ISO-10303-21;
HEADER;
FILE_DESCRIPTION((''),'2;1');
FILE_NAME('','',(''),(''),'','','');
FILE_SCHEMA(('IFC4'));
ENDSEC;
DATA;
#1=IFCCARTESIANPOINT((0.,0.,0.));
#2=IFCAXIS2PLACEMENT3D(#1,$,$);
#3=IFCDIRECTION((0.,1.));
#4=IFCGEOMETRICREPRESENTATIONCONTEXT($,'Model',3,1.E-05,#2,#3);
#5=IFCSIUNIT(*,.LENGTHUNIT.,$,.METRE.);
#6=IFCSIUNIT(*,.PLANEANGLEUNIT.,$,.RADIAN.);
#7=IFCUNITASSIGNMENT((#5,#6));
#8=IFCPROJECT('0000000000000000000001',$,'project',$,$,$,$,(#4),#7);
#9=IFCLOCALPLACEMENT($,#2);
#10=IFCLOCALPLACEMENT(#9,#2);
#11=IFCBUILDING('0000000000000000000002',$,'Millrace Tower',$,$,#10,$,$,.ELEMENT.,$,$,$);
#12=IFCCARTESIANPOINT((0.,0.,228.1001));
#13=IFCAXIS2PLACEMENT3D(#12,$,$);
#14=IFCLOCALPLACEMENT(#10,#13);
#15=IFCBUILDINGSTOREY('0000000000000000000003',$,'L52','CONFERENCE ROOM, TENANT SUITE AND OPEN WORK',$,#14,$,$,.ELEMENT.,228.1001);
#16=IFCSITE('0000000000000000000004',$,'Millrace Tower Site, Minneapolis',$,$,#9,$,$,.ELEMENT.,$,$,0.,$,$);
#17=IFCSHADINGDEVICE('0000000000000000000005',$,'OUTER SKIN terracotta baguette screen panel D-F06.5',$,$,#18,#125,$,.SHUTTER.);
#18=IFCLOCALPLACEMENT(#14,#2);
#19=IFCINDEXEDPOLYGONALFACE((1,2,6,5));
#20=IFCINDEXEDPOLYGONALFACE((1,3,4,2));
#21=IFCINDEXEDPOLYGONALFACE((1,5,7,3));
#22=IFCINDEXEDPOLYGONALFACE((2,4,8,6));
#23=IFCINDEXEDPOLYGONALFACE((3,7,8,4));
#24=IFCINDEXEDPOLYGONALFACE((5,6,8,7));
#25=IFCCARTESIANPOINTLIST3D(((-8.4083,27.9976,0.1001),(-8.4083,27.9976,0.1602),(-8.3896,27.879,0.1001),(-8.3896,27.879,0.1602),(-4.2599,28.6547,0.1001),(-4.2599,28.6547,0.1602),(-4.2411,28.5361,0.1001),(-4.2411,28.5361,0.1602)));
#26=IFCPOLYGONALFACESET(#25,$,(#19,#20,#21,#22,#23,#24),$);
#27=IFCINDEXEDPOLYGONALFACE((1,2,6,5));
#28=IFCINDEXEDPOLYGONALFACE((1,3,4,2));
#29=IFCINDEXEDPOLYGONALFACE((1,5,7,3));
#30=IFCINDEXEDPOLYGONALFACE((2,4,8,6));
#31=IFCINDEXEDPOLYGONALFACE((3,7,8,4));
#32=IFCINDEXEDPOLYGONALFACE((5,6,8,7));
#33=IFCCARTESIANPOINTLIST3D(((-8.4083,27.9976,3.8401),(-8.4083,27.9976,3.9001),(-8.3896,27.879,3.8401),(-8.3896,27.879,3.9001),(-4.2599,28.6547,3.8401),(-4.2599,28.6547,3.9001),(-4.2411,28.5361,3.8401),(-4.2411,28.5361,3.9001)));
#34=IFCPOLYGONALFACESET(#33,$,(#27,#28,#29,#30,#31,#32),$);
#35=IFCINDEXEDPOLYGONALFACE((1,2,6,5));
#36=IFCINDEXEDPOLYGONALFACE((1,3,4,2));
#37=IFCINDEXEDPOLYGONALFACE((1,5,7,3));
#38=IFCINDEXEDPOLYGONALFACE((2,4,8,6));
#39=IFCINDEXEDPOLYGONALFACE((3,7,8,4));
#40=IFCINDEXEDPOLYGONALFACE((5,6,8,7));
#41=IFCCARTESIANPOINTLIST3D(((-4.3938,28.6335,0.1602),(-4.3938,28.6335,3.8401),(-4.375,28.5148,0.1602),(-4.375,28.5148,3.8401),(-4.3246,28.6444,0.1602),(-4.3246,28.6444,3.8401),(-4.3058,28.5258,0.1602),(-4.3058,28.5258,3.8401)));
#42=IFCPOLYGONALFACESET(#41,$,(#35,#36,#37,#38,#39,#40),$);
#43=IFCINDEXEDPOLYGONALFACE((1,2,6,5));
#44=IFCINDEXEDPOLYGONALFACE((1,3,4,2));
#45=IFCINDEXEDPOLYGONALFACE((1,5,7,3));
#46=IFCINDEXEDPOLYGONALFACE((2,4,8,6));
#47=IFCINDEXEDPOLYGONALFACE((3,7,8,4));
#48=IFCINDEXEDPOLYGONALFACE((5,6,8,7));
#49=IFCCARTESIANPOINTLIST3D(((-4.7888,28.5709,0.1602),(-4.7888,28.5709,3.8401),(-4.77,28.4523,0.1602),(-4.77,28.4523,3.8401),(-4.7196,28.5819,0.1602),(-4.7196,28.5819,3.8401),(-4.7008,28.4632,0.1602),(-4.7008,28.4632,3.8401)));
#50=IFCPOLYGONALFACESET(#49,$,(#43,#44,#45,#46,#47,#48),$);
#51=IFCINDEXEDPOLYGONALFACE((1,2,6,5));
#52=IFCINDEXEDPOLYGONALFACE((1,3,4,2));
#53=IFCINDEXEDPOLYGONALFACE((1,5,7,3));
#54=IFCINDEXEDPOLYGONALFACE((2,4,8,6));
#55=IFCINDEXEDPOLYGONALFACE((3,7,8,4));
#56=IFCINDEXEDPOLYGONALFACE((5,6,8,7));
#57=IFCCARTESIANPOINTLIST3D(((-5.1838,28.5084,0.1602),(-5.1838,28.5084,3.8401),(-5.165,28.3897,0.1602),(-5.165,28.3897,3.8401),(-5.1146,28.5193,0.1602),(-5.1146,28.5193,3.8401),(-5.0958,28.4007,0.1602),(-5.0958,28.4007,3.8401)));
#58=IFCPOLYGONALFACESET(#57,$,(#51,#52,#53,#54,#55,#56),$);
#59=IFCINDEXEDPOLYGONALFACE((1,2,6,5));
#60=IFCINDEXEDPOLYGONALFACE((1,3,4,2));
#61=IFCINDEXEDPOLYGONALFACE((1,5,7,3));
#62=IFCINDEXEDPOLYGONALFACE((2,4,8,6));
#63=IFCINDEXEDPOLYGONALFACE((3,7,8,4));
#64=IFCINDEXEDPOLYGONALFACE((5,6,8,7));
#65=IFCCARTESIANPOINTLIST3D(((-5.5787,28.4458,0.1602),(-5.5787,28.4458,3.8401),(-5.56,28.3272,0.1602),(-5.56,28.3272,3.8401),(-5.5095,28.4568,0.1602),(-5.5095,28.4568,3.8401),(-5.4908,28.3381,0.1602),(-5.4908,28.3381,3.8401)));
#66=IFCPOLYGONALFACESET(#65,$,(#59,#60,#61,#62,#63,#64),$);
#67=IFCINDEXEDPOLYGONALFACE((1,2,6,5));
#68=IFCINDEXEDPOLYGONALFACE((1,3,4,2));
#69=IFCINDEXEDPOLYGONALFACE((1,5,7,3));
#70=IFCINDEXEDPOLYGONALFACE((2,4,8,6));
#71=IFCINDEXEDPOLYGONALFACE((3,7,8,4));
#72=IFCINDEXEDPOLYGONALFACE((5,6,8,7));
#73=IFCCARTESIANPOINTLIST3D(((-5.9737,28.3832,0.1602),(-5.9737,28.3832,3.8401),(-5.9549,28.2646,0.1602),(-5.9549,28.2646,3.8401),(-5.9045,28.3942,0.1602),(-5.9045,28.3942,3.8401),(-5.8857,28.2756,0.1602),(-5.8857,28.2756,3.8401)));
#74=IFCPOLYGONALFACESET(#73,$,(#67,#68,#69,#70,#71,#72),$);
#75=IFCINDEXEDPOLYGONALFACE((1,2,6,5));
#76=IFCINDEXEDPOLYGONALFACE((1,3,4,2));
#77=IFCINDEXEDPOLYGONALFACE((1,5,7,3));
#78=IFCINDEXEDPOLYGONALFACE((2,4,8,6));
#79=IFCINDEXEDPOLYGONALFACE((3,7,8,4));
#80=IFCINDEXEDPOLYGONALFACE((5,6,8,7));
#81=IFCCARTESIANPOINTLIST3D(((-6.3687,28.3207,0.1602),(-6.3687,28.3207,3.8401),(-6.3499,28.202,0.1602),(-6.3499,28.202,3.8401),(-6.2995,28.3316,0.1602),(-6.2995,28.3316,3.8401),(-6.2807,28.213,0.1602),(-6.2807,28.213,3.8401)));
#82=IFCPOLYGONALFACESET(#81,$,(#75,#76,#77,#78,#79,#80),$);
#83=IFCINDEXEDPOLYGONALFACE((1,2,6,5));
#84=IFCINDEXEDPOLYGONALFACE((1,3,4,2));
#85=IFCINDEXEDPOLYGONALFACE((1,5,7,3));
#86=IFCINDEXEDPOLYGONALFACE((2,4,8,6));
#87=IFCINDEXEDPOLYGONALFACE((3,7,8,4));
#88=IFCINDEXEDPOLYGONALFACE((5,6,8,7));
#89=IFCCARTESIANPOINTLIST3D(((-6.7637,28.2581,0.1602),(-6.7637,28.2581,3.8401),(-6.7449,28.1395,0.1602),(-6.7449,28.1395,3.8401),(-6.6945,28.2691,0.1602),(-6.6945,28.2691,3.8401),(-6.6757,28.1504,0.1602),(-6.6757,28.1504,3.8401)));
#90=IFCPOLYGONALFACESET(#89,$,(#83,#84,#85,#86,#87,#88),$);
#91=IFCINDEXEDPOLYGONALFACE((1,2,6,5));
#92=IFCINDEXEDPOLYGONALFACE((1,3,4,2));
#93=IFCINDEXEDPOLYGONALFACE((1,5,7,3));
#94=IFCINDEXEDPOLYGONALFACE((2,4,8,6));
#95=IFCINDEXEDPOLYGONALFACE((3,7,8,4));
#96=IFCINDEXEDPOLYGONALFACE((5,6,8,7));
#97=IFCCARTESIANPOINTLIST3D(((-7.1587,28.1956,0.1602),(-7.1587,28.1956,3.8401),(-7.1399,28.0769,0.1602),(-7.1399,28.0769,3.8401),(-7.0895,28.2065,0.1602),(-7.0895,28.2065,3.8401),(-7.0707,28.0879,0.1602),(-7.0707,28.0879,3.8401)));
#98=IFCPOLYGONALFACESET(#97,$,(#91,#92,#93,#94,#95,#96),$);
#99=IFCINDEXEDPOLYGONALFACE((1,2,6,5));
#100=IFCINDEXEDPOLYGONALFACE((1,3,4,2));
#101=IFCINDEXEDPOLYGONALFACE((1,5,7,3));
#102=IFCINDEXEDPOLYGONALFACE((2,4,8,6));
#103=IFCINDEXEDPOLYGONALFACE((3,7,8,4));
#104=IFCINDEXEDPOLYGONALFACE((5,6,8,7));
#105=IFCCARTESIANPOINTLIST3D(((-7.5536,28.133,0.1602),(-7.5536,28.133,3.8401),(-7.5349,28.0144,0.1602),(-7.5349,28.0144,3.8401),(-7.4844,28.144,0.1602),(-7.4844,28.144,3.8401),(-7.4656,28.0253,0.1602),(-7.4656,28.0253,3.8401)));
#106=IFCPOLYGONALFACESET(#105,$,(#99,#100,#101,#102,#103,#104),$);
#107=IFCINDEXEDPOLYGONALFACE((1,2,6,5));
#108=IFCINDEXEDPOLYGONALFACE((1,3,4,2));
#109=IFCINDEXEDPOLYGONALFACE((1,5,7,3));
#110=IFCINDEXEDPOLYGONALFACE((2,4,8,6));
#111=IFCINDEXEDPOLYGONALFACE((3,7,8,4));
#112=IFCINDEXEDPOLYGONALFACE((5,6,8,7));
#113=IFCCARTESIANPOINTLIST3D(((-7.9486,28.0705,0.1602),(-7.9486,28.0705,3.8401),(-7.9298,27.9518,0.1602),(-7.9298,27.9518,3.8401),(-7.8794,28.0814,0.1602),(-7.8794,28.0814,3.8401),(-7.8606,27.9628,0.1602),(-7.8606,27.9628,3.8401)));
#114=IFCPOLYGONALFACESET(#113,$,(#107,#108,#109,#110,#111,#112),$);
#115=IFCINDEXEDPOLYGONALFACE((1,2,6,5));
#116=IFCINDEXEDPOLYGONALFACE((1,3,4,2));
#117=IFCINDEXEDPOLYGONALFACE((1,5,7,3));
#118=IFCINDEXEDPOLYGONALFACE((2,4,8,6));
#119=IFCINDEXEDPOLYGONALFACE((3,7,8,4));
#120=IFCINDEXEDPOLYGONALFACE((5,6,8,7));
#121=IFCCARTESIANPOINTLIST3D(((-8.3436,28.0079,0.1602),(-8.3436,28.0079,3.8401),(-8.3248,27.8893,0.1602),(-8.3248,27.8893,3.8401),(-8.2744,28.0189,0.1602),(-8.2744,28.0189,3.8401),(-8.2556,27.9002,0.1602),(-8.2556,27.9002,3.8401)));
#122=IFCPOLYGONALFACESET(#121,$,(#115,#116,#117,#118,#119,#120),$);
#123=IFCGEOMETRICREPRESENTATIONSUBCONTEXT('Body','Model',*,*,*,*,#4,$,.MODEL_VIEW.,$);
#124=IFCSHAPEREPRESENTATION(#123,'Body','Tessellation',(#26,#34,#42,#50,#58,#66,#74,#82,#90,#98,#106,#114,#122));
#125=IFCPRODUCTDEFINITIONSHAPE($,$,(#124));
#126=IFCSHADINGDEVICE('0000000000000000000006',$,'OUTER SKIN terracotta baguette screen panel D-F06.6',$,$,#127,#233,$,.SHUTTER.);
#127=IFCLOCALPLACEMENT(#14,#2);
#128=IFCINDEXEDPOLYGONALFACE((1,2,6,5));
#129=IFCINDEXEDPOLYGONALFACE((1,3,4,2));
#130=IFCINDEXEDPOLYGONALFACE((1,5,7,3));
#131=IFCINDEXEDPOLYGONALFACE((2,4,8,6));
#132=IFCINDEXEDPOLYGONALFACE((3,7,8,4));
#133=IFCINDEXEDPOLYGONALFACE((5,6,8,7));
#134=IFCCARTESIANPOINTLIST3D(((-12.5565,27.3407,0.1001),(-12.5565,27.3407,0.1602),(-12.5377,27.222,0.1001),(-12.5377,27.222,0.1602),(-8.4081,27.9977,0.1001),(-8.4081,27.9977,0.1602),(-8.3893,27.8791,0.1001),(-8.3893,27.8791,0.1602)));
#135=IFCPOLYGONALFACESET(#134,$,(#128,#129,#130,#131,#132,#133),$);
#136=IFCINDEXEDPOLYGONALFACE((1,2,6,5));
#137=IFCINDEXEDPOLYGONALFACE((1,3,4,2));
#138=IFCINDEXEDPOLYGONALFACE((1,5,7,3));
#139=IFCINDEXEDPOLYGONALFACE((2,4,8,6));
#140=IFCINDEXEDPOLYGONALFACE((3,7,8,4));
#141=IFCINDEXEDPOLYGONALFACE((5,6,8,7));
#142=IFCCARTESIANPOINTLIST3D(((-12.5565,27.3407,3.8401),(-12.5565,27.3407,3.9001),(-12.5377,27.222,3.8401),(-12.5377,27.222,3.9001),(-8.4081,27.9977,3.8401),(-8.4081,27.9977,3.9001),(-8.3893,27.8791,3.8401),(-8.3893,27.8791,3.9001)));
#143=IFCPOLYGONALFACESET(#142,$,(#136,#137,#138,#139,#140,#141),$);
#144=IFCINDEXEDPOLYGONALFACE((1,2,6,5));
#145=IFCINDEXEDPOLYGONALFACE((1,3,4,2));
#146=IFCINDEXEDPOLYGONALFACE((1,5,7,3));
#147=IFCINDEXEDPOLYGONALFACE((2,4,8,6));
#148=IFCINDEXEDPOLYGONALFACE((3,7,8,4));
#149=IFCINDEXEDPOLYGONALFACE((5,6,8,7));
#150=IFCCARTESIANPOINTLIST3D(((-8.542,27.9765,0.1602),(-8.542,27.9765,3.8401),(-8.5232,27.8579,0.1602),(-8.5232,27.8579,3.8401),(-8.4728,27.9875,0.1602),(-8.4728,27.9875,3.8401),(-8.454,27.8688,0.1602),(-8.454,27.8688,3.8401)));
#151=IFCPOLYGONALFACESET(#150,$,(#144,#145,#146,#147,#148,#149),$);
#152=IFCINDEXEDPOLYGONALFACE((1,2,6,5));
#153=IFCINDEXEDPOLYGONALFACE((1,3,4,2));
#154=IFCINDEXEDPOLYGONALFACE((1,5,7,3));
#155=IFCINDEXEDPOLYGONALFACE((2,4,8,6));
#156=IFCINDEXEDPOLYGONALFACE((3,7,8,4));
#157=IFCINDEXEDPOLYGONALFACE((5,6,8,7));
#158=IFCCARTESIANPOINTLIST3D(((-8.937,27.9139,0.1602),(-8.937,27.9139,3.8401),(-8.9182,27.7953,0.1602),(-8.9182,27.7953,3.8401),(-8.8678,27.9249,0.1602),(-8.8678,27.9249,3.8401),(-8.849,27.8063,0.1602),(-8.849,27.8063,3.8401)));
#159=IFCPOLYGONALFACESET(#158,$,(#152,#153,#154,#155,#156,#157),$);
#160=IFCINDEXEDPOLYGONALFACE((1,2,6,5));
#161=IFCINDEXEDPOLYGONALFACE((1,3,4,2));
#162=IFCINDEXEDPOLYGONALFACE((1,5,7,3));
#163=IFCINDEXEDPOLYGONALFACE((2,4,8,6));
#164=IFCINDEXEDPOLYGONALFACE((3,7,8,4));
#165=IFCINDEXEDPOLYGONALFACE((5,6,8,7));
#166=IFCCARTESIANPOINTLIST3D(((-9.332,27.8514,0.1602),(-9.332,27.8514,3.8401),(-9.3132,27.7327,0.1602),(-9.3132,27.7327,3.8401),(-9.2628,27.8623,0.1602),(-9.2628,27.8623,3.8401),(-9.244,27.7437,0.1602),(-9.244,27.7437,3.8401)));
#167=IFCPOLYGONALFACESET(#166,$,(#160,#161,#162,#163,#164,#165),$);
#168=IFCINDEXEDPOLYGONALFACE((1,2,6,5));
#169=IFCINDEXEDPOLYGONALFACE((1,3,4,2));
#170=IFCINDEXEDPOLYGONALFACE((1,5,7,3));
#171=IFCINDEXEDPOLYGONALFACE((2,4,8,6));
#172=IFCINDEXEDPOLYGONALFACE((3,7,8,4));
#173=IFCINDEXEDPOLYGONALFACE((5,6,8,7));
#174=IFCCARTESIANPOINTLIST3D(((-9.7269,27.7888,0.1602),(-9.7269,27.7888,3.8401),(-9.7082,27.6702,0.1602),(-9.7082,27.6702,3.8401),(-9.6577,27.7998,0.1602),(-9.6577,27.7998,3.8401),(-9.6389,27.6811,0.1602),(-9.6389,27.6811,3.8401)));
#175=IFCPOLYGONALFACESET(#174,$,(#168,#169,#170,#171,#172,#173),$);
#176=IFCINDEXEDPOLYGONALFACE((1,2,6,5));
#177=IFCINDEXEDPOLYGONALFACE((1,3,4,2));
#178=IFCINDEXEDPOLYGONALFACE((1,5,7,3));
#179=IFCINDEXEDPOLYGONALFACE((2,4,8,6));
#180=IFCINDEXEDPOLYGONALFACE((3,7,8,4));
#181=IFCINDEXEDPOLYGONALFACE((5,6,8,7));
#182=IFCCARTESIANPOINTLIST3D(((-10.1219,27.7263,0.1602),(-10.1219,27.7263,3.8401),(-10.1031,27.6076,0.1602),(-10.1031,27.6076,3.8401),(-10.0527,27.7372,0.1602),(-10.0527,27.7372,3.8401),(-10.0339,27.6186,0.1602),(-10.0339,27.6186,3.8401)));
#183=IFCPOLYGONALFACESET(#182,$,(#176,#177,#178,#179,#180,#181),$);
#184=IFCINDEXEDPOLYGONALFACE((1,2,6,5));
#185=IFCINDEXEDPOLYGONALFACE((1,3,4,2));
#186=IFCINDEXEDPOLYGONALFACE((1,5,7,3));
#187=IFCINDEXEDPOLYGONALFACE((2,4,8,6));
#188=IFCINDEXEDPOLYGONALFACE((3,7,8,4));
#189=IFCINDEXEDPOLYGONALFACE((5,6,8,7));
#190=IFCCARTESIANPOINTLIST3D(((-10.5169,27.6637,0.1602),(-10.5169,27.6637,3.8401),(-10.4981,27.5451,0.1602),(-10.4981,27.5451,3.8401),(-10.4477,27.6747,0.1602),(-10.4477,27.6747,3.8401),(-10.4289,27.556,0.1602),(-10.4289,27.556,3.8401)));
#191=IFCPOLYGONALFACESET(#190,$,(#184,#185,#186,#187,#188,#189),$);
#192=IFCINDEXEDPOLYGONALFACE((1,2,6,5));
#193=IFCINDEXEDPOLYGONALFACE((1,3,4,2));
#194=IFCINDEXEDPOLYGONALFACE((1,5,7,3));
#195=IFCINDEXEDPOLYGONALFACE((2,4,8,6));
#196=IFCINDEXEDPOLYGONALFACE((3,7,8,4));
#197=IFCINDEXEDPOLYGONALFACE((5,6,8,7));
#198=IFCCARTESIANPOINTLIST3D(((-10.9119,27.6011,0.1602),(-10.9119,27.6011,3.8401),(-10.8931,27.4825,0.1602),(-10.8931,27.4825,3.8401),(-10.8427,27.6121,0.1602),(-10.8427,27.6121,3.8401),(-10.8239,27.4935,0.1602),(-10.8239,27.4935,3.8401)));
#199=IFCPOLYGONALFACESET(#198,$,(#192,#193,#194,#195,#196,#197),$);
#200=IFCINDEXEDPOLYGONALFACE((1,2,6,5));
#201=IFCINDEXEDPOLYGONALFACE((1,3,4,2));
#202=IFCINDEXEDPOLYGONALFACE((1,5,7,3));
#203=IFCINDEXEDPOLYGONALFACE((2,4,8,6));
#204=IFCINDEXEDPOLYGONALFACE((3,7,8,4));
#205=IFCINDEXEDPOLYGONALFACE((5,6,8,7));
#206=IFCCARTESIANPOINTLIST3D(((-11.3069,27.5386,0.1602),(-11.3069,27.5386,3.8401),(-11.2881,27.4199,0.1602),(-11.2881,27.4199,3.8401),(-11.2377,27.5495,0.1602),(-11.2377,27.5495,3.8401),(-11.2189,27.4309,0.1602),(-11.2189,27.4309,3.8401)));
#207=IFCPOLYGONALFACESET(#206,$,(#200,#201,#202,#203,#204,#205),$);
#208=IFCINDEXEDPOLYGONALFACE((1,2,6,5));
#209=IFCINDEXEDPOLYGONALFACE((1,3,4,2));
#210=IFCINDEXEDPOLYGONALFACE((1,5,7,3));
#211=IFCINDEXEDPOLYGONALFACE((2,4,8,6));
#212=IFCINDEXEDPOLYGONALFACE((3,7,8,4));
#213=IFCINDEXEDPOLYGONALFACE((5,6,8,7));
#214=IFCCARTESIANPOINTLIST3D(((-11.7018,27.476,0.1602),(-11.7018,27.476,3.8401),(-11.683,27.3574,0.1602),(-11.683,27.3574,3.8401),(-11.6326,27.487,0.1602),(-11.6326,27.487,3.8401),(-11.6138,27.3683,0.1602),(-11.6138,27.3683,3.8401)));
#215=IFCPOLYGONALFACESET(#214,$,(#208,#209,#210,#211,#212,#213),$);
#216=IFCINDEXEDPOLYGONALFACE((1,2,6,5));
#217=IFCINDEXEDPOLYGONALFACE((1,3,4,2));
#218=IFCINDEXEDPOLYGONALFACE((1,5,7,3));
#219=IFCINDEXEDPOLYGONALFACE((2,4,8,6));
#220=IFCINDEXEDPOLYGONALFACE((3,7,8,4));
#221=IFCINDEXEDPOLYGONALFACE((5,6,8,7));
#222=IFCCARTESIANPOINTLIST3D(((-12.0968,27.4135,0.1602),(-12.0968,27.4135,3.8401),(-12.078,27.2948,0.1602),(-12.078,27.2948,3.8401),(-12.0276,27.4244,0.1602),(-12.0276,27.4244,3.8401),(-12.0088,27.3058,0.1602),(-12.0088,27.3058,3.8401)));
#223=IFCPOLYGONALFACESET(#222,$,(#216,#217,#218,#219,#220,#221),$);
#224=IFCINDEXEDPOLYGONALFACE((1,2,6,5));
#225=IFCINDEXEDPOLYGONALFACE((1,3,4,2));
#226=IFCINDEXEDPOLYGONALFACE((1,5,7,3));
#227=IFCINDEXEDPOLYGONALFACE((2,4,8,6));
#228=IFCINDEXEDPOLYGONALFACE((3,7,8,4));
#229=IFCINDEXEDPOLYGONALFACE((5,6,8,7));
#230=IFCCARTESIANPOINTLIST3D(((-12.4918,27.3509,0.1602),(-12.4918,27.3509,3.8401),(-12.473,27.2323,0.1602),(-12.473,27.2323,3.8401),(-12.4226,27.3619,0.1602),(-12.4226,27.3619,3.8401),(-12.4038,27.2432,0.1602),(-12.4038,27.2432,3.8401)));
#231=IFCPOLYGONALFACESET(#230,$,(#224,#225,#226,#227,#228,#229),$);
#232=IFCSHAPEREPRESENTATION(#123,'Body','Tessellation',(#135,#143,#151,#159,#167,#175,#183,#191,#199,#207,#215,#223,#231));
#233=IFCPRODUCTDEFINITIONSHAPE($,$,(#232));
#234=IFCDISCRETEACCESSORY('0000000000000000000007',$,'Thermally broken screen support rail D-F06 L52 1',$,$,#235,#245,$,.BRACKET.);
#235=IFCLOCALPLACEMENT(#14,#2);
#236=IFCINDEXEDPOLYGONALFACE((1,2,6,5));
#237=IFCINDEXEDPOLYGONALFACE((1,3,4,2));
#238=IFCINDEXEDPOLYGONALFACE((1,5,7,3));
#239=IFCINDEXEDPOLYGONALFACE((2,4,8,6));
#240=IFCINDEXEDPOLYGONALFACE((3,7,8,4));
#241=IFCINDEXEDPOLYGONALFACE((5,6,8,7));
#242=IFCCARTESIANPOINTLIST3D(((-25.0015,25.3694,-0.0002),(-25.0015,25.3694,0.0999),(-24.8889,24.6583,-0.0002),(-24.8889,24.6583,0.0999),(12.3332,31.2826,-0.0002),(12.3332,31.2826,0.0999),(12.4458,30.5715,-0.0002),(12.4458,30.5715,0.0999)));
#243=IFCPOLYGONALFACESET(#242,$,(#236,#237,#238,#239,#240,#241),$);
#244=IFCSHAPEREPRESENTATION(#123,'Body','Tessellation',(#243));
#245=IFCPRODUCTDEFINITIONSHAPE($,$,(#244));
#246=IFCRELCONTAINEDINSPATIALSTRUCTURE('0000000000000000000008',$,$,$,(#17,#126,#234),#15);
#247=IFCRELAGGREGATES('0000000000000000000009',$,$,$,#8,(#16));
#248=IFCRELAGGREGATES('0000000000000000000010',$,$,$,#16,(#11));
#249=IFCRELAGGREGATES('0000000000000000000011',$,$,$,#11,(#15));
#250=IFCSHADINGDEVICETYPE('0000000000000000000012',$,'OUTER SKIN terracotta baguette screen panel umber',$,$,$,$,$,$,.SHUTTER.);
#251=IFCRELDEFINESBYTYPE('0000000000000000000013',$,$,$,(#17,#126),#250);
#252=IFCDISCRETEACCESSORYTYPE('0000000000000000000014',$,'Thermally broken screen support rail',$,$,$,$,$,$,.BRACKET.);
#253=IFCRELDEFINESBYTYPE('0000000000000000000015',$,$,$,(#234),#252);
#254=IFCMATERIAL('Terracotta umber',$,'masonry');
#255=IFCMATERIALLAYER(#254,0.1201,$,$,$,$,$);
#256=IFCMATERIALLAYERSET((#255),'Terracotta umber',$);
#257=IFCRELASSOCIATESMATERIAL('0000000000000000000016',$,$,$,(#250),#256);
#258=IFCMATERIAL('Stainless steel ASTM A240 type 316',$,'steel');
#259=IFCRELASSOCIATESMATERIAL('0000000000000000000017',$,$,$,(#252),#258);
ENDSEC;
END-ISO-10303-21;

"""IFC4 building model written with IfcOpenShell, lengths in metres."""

from ifc_helpers import new_model, entity, si_unit, direction, frame, frame_2d, origin, origin_2d, place, context, subcontext, project, spatial, rectangle, extrude, source, transform, mapped, material, layer, layer_set, type_object, element, save


model = new_model("IFC4")

# Units and contexts
model_context = context("Model", 3, precision=1e-05, world=origin(), true_north=direction((0.0, 1.0)))
body_context = subcontext(model_context, "Body", "Model", "MODEL_VIEW")
ifc_project = project(units=[si_unit("LENGTHUNIT", "METRE"), si_unit("PLANEANGLEUNIT", "RADIAN")], contexts=[model_context])

# Site, building, storey
site_placement = place(None, origin())
site = spatial("IfcSite", under=ifc_project, at=site_placement, Name="Millrace Tower Site, Minneapolis", CompositionType="ELEMENT", RefElevation=0.0)
building_placement = place(site_placement, origin())
building = spatial("IfcBuilding", under=site, at=building_placement, Name="Millrace Tower", CompositionType="ELEMENT")
storey_placement = place(building_placement, frame((0.0, 0.0, 228.1001)))
storey = spatial("IfcBuildingStorey", under=building, at=storey_placement, Name="L52", Description="CONFERENCE ROOM, TENANT SUITE AND OPEN WORK", CompositionType="ELEMENT", Elevation=228.1001)

# Shading devices
ifc_material_1 = material(Name="Terracotta umber", Category="masonry")
ifc_layer_1 = layer(ifc_material_1, 0.1201)
ifc_layer_set_1 = layer_set([ifc_layer_1], Name="Terracotta umber")
shading_device_type = type_object("IfcShadingDeviceType", Name="OUTER SKIN terracotta baguette screen panel umber", PredefinedType="SHUTTER", material=ifc_layer_set_1)
cartesian_point = entity("IfcCartesianPoint", [-2.1001, 0.0601])
shared_polyline = entity("IfcPolyline", [cartesian_point, entity("IfcCartesianPoint", [2.1001, 0.0601]), entity("IfcCartesianPoint", [2.1001, -0.0601]), entity("IfcCartesianPoint", [-2.1001, -0.0601]), cartesian_point])
shared_shape = source(origin(), body_context, "Body", "SweptSolid", [
    entity("IfcExtrudedAreaSolid", entity("IfcArbitraryClosedProfileDef", "AREA", None, shared_polyline), entity("IfcAxis2Placement3D", entity("IfcCartesianPoint", [0.0, 0.0, 0.0])), entity("IfcDirection", [0.0, 0.0, 1.0]), 0.0601),
    entity("IfcExtrudedAreaSolid", entity("IfcArbitraryClosedProfileDef", "AREA", None, shared_polyline), entity("IfcAxis2Placement3D", entity("IfcCartesianPoint", [0.0, 0.0, 3.74])), entity("IfcDirection", [0.0, 0.0, 1.0]), 0.0601),
    extrude(rectangle(XDim=0.0701, YDim=0.1201, at=frame_2d((-1.9995, 0.0))), frame((0.0, 0.0, 0.0601)), (0.0, 0.0, 1.0), 3.6799),
    extrude(rectangle(XDim=0.0701, YDim=0.1201, at=frame_2d((-1.5996, 0.0))), frame((0.0, 0.0, 0.0601)), (0.0, 0.0, 1.0), 3.6799),
    extrude(rectangle(XDim=0.0701, YDim=0.1201, at=frame_2d((-1.1997, 0.0))), frame((0.0, 0.0, 0.0601)), (0.0, 0.0, 1.0), 3.6799),
    extrude(rectangle(XDim=0.0701, YDim=0.1201, at=frame_2d((-0.7998, 0.0))), frame((0.0, 0.0, 0.0601)), (0.0, 0.0, 1.0), 3.6799),
    extrude(rectangle(XDim=0.0701, YDim=0.1201, at=frame_2d((-0.3999, 0.0))), frame((0.0, 0.0, 0.0601)), (0.0, 0.0, 1.0), 3.6799),
    extrude(rectangle(XDim=0.0701, YDim=0.1201, at=origin_2d()), frame((0.0, 0.0, 0.0601)), (0.0, 0.0, 1.0), 3.6799),
    extrude(rectangle(XDim=0.0701, YDim=0.1201, at=frame_2d((0.3999, 0.0))), frame((0.0, 0.0, 0.0601)), (0.0, 0.0, 1.0), 3.6799),
    extrude(rectangle(XDim=0.0701, YDim=0.1201, at=frame_2d((0.7998, 0.0))), frame((0.0, 0.0, 0.0601)), (0.0, 0.0, 1.0), 3.6799),
    extrude(rectangle(XDim=0.0701, YDim=0.1201, at=frame_2d((1.1997, 0.0))), frame((0.0, 0.0, 0.0601)), (0.0, 0.0, 1.0), 3.6799),
    extrude(rectangle(XDim=0.0701, YDim=0.1201, at=frame_2d((1.5996, 0.0))), frame((0.0, 0.0, 0.0601)), (0.0, 0.0, 1.0), 3.6799),
    extrude(rectangle(XDim=0.0701, YDim=0.1201, at=frame_2d((1.9995, 0.0))), frame((0.0, 0.0, 0.0601)), (0.0, 0.0, 1.0), 3.6799),
])
for number, where, z_axis, x_axis, name in (
    (1, (-6.3247, 28.2668, 0.1001), (0.0, 0.0, 1.0), (-0.987688, -0.156434, 0.0), "OUTER SKIN terracotta baguette screen panel D-F06.5"),
    (2, (-10.4729, 27.6099, 0.1001), (0.0, 0.0, 1.0), (-0.987688, -0.156434, 0.0), "OUTER SKIN terracotta baguette screen panel D-F06.6"),
):
    element("IfcShadingDevice", number, at=place(storey_placement, frame(where, z_axis=z_axis, x_axis=x_axis)), inside=storey, type_object=shading_device_type, Name=name, PredefinedType="SHUTTER", context=body_context, shape_type="MappedRepresentation", body=[
        mapped(shared_shape, transform((0.0, 0.0, 0.0), scale=1.0)),
    ])

# Discrete accessory
ifc_material_2 = material(Name="Stainless steel ASTM A240 type 316", Category="steel")
discrete_accessory_type = type_object("IfcDiscreteAccessoryType", Name="Thermally broken screen support rail", PredefinedType="BRACKET", material=ifc_material_2)
discrete_accessory_placement = place(storey_placement, frame((-6.2778, 27.9705, -0.0002), z_axis=(0.0, 0.0, 1.0), x_axis=(-0.987688, -0.156434, 0.0)))
element("IfcDiscreteAccessory", 3, at=discrete_accessory_placement, inside=storey, type_object=discrete_accessory_type, Name="Thermally broken screen support rail D-F06 L52 1", PredefinedType="BRACKET", context=body_context, shape_type="SweptSolid", body=[
    extrude(rectangle(XDim=37.8, YDim=0.72, at=origin_2d()), origin(), (0.0, 0.0, 1.0), 0.1001),
])

save(model, "model.ifc")
